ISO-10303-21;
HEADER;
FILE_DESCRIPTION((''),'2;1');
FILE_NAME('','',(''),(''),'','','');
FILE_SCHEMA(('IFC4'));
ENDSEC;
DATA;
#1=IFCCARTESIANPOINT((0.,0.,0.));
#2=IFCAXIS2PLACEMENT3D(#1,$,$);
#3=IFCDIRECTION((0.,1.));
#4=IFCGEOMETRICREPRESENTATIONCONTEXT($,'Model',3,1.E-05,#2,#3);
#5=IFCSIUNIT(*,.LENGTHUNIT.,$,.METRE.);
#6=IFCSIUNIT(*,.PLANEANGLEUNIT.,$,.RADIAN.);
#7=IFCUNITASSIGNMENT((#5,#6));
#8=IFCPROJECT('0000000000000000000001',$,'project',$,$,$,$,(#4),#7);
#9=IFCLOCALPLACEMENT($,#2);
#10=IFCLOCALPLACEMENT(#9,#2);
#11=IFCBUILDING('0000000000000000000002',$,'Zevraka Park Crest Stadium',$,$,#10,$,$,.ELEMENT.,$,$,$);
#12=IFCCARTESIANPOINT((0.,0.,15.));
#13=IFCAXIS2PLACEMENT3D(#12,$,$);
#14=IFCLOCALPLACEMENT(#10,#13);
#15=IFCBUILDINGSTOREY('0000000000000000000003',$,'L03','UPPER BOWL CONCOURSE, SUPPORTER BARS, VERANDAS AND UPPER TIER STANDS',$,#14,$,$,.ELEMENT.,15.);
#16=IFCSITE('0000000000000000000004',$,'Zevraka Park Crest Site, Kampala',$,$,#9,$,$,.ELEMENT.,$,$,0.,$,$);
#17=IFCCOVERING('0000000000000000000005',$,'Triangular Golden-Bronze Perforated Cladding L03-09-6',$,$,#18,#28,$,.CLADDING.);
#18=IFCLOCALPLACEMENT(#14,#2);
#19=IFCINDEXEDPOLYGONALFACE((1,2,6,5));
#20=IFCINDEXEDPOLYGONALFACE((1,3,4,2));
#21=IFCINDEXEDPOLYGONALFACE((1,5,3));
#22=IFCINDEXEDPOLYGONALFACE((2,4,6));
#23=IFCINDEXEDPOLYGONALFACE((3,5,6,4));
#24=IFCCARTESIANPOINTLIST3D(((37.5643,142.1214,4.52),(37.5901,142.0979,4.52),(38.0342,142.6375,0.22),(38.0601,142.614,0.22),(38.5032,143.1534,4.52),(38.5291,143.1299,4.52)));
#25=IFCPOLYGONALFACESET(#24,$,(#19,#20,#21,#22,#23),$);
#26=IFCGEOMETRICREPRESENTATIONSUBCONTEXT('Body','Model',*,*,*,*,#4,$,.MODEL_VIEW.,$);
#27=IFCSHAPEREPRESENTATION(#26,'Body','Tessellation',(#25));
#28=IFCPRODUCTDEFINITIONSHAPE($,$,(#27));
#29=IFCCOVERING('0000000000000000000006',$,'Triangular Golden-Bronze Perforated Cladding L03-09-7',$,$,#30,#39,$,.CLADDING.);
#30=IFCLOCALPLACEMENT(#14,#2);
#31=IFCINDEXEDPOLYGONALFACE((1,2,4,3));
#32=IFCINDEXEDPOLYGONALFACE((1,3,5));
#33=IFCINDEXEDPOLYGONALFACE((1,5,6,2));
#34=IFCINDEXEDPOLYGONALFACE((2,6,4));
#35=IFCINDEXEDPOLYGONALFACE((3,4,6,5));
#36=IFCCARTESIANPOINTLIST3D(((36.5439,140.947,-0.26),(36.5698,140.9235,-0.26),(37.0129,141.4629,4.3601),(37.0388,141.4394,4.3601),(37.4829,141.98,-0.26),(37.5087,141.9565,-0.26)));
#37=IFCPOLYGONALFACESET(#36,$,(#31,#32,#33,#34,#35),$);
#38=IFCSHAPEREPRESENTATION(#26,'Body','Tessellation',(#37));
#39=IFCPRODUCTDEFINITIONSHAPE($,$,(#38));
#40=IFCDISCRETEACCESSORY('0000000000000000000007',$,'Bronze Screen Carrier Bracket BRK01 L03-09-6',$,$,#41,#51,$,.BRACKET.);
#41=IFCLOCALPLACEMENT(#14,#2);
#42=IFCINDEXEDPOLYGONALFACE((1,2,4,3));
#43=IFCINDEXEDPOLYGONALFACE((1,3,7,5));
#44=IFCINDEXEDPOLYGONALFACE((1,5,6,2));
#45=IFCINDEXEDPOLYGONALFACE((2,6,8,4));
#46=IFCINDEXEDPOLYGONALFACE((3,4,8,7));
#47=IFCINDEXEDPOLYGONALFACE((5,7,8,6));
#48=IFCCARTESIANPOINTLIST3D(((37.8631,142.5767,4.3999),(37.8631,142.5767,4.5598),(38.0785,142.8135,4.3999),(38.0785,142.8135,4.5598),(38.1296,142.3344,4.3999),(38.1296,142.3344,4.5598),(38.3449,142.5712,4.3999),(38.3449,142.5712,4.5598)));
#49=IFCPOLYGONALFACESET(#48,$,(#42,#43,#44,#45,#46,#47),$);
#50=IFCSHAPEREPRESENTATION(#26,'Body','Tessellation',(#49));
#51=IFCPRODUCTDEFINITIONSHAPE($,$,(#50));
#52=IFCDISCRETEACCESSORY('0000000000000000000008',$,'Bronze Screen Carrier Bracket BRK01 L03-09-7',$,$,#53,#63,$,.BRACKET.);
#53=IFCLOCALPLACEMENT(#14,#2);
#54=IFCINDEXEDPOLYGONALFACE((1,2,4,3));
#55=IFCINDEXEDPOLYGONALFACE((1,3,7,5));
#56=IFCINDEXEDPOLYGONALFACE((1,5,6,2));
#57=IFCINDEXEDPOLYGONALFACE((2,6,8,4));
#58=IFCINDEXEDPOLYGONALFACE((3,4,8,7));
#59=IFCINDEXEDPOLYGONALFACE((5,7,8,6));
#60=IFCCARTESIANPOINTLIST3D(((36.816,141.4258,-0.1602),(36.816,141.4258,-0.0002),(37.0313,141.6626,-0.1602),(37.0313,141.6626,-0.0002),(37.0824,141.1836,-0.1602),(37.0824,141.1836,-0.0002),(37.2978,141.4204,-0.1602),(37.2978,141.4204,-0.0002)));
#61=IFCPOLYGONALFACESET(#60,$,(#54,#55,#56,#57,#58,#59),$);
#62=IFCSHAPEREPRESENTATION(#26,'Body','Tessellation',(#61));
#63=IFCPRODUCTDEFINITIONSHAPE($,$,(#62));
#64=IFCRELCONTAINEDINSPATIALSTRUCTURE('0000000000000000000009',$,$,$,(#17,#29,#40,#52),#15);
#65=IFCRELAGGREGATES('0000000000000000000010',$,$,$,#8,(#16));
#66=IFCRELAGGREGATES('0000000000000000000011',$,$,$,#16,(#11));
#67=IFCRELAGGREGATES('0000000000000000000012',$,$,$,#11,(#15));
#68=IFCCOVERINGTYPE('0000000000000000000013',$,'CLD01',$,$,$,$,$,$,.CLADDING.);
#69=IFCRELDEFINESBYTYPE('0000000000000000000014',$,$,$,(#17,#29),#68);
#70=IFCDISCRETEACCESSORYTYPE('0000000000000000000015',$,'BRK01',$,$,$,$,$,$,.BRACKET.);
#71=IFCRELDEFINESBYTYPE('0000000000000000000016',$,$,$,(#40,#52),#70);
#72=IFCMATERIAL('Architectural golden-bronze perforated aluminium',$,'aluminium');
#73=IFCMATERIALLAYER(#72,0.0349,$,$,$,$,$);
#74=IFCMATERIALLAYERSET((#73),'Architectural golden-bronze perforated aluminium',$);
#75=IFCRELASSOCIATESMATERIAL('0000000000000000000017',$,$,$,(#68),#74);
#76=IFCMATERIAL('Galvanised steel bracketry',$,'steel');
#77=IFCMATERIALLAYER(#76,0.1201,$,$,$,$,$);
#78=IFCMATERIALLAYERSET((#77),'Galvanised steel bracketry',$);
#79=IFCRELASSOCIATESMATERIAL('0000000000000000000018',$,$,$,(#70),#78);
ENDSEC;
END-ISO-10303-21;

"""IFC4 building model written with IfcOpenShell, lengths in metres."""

from ifc_helpers import new_model, si_unit, direction, frame, origin, origin_2d, place, context, subcontext, project, spatial, polyline, rectangle, outline, extrude, material, layer, layer_set, type_object, element, save


model = new_model("IFC4")

# Units and contexts
model_context = context("Model", 3, precision=1e-05, world=origin(), true_north=direction((0.0, 1.0)))
body_context = subcontext(model_context, "Body", "Model", "MODEL_VIEW")
ifc_project = project(units=[si_unit("LENGTHUNIT", "METRE"), si_unit("PLANEANGLEUNIT", "RADIAN")], contexts=[model_context])

# Site, building, storey
site_placement = place(None, origin())
site = spatial("IfcSite", under=ifc_project, at=site_placement, Name="Zevraka Park Crest Site, Kampala", CompositionType="ELEMENT", RefElevation=0.0)
building_placement = place(site_placement, origin())
building = spatial("IfcBuilding", under=site, at=building_placement, Name="Zevraka Park Crest Stadium", CompositionType="ELEMENT")
storey_placement = place(building_placement, frame((0.0, 0.0, 15.0)))
storey = spatial("IfcBuildingStorey", under=building, at=storey_placement, Name="L03", Description="UPPER BOWL CONCOURSE, SUPPORTER BARS, VERANDAS AND UPPER TIER STANDS", CompositionType="ELEMENT", Elevation=15.0)

# Coverings
ifc_material_1 = material(Name="Architectural golden-bronze perforated aluminium", Category="aluminium")
ifc_layer_1 = layer(ifc_material_1, 0.0349)
ifc_layer_set_1 = layer_set([ifc_layer_1], Name="Architectural golden-bronze perforated aluminium")
covering_type = type_object("IfcCoveringType", Name="CLD01", PredefinedType="CLADDING", material=ifc_layer_set_1)
covering_1_placement = place(storey_placement, frame((37.5901, 142.0979, 4.52), z_axis=(0.739655, -0.672986, 0.000065), x_axis=(0.672986, 0.739655, 0.0)))
element("IfcCovering", 1, at=covering_1_placement, inside=storey, type_object=covering_type, Name="Triangular Golden-Bronze Perforated Cladding L03-09-6", PredefinedType="CLADDING", context=body_context, shape_type="SweptSolid", body=[
    extrude(outline(polyline([(0.0, 0.0), (1.3952, 0.0), (0.698, -4.3), (0.0, 0.0)])), origin(), (0.0, 0.0, -1.0), 0.0349),
])
covering_2_placement = place(storey_placement, frame((37.4829, 141.98, -0.26), z_axis=(-0.739972, 0.672638, 0.000011), x_axis=(-0.672638, -0.739972, 0.0)))
element("IfcCovering", 2, at=covering_2_placement, inside=storey, type_object=covering_type, Name="Triangular Golden-Bronze Perforated Cladding L03-09-7", PredefinedType="CLADDING", context=body_context, shape_type="SweptSolid", body=[
    extrude(outline(polyline([(0.0, 0.0), (1.3959, 0.0), (0.6988, 4.6201), (0.0, 0.0)])), origin(), (0.0, 0.0, -1.0), 0.0349),
])

# Discrete accessories
ifc_material_2 = material(Name="Galvanised steel bracketry", Category="steel")
ifc_layer_2 = layer(ifc_material_2, 0.1201)
ifc_layer_set_2 = layer_set([ifc_layer_2], Name="Galvanised steel bracketry")
discrete_accessory_type = type_object("IfcDiscreteAccessoryType", Name="BRK01", PredefinedType="BRACKET", material=ifc_layer_set_2)
for number, where, z_axis, x_axis, name in (
    (3, (38.104, 142.574, 4.3999), (0.0, 0.0, 1.0), (-0.672754, -0.739866, 0.0), "Bronze Screen Carrier Bracket BRK01 L03-09-6"),
    (4, (37.0569, 141.4231, -0.1602), (0.0, 0.0, 1.0), (-0.672754, -0.739866, 0.0), "Bronze Screen Carrier Bracket BRK01 L03-09-7"),
):
    element("IfcDiscreteAccessory", number, at=place(storey_placement, frame(where, z_axis=z_axis, x_axis=x_axis)), inside=storey, type_object=discrete_accessory_type, Name=name, PredefinedType="BRACKET", context=body_context, shape_type="SweptSolid", body=[
        extrude(rectangle(XDim=0.3201, YDim=0.3601, at=origin_2d()), origin(), (0.0, 0.0, 1.0), 0.1599),
    ])

save(model, "model.ifc")
